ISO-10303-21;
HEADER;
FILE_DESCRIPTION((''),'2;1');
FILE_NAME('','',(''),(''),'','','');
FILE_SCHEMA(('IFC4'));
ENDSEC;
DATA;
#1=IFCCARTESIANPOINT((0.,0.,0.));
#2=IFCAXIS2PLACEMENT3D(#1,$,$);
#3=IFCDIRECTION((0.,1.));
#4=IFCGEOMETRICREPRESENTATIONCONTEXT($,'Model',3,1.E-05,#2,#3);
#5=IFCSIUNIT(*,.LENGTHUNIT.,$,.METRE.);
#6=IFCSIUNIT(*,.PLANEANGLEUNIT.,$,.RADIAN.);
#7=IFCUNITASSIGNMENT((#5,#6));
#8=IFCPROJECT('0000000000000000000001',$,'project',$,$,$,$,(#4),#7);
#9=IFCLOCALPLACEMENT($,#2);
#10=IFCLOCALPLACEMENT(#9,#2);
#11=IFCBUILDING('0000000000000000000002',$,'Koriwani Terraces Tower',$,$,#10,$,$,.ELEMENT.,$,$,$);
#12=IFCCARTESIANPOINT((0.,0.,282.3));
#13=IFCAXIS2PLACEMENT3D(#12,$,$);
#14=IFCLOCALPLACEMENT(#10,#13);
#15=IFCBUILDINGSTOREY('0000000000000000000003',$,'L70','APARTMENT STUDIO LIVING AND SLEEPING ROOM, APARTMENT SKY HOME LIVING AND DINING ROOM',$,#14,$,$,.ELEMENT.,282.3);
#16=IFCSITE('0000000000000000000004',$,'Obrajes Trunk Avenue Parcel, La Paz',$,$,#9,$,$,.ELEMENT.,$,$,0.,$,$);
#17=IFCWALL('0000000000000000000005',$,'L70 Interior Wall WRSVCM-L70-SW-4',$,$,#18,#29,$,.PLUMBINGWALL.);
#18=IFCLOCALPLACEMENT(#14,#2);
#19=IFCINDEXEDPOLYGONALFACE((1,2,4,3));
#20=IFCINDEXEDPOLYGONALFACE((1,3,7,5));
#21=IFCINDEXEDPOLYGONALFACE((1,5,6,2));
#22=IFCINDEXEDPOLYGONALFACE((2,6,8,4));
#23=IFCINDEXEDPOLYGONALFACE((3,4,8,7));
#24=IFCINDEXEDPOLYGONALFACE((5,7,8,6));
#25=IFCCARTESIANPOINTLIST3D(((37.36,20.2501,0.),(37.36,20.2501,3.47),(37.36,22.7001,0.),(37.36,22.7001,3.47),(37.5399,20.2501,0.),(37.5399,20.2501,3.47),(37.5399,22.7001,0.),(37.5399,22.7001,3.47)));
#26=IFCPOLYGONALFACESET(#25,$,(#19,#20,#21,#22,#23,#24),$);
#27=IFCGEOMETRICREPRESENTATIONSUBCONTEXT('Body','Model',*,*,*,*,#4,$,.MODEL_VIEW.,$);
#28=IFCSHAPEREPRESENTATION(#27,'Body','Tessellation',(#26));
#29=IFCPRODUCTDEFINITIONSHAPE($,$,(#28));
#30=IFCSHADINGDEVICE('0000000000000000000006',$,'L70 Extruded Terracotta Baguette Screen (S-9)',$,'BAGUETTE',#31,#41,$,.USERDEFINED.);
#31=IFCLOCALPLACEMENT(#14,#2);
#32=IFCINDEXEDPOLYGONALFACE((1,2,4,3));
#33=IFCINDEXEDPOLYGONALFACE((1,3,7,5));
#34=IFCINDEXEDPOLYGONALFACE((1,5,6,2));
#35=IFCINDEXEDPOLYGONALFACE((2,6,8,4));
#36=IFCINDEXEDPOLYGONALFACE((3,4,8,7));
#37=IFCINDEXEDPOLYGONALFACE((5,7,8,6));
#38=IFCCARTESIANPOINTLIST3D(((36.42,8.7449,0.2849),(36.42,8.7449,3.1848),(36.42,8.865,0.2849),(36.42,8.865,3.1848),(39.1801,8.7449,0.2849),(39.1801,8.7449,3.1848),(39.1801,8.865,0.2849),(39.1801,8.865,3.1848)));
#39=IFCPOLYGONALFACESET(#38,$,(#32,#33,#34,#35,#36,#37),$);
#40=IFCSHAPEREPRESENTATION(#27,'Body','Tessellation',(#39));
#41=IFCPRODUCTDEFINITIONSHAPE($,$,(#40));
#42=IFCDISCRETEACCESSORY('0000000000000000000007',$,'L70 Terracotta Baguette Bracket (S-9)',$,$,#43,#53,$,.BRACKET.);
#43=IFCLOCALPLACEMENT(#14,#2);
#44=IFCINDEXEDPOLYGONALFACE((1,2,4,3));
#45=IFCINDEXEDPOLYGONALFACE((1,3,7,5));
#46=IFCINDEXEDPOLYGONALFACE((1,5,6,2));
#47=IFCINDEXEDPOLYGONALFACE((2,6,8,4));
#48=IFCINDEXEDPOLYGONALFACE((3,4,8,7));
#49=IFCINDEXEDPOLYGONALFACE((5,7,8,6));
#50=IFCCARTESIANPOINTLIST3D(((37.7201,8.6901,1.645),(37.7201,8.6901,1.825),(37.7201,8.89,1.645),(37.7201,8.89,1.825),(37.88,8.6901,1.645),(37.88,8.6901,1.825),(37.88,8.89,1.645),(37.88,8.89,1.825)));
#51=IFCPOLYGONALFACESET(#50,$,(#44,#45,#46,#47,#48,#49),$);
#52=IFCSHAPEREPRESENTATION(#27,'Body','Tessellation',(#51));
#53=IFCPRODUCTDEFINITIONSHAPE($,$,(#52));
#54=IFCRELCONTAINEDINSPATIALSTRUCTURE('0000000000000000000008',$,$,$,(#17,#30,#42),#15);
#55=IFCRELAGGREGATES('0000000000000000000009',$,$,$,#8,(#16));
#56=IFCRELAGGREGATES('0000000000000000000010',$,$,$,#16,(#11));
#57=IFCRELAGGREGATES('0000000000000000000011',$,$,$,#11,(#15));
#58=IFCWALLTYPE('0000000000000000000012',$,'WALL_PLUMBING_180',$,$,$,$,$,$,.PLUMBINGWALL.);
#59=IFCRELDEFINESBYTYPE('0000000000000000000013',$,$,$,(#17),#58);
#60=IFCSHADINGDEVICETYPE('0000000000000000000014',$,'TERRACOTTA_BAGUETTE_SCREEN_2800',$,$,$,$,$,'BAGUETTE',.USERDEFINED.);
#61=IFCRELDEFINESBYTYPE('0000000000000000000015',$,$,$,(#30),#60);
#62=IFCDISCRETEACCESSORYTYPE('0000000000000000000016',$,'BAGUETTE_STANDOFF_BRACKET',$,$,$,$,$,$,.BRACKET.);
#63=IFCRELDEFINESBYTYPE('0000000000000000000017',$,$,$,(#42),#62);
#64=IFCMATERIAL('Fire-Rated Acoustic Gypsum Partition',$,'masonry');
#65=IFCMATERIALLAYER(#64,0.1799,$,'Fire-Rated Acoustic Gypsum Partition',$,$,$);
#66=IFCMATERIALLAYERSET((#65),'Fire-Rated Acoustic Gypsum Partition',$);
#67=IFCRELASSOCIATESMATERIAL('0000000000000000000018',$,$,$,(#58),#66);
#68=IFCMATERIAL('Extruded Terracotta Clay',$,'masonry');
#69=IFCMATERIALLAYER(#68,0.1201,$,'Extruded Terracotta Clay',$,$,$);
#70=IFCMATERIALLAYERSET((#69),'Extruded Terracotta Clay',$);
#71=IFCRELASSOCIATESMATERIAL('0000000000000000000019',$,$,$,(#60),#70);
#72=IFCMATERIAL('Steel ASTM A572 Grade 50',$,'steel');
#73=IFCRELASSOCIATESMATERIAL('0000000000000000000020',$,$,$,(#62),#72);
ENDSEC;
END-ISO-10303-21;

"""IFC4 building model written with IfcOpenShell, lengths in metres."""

from ifc_helpers import new_model, si_unit, direction, frame, frame_2d, origin, origin_2d, place, context, subcontext, project, spatial, rectangle, extrude, material, layer, layer_set, type_object, element, save


model = new_model("IFC4")

# Units and contexts
model_context = context("Model", 3, precision=1e-05, world=origin(), true_north=direction((0.0, 1.0)))
body_context = subcontext(model_context, "Body", "Model", "MODEL_VIEW")
ifc_project = project(units=[si_unit("LENGTHUNIT", "METRE"), si_unit("PLANEANGLEUNIT", "RADIAN")], contexts=[model_context])

# Site, building, storey
site_placement = place(None, origin())
site = spatial("IfcSite", under=ifc_project, at=site_placement, Name="Obrajes Trunk Avenue Parcel, La Paz", CompositionType="ELEMENT", RefElevation=0.0)
building_placement = place(site_placement, origin())
building = spatial("IfcBuilding", under=site, at=building_placement, Name="Koriwani Terraces Tower", CompositionType="ELEMENT")
storey_placement = place(building_placement, frame((0.0, 0.0, 282.3)))
storey = spatial("IfcBuildingStorey", under=building, at=storey_placement, Name="L70", Description="APARTMENT STUDIO LIVING AND SLEEPING ROOM, APARTMENT SKY HOME LIVING AND DINING ROOM", CompositionType="ELEMENT", Elevation=282.3)

# Shared definitions
ifc_material_1 = material(Name="Steel ASTM A572 Grade 50", Category="steel")

# Shared definitions
ifc_material_2 = material(Name="Fire-Rated Acoustic Gypsum Partition", Category="masonry")
ifc_layer_1 = layer(ifc_material_2, 0.1799, Name="Fire-Rated Acoustic Gypsum Partition")
ifc_layer_set_1 = layer_set([ifc_layer_1], Name="Fire-Rated Acoustic Gypsum Partition")
wall_type_1 = type_object("IfcWallType", Name="WALL_PLUMBING_180", PredefinedType="PLUMBINGWALL", material=ifc_layer_set_1)

# Wall
for number, where, z_axis, x_axis, name in (
    (1, (37.45, 20.25, 0.0), (0.0, 0.0, 1.0), (0.0, 1.0, 0.0), "L70 Interior Wall WRSVCM-L70-SW-4"),
):
    element("IfcWall", number, at=place(storey_placement, frame(where, z_axis=z_axis, x_axis=x_axis)), inside=storey, type_object=wall_type_1, Name=name, PredefinedType="PLUMBINGWALL", context=body_context, shape_type="SweptSolid", body=[
        extrude(rectangle(XDim=2.45, YDim=0.1799, at=frame_2d((1.2251, 0.0))), origin(), (0.0, 0.0, 1.0), 3.47),
    ])

# Shading device
ifc_material_3 = material(Name="Extruded Terracotta Clay", Category="masonry")
ifc_layer_2 = layer(ifc_material_3, 0.1201, Name="Extruded Terracotta Clay")
ifc_layer_set_2 = layer_set([ifc_layer_2], Name="Extruded Terracotta Clay")
shading_device_type = type_object("IfcShadingDeviceType", Name="TERRACOTTA_BAGUETTE_SCREEN_2800", ElementType="BAGUETTE", PredefinedType="USERDEFINED", material=ifc_layer_set_2)
shading_device_placement = place(storey_placement, frame((37.8, 8.8049, 0.2849), z_axis=(0.0, 0.0, 1.0), x_axis=(-1.0, 0.0, 0.0)))
element("IfcShadingDevice", 2, at=shading_device_placement, inside=storey, type_object=shading_device_type, Name="L70 Extruded Terracotta Baguette Screen (S-9)", ObjectType="BAGUETTE", PredefinedType="USERDEFINED", context=body_context, shape_type="SweptSolid", body=[
    extrude(rectangle(XDim=2.76, YDim=0.1201, at=origin_2d()), origin(), (0.0, 0.0, 1.0), 2.8999),
])

# Discrete accessory
discrete_accessory_type = type_object("IfcDiscreteAccessoryType", Name="BAGUETTE_STANDOFF_BRACKET", PredefinedType="BRACKET", material=ifc_material_1)
discrete_accessory_placement = place(storey_placement, frame((37.8, 8.79, 1.645), z_axis=(0.0, 0.0, 1.0), x_axis=(-1.0, 0.0, 0.0)))
element("IfcDiscreteAccessory", 3, at=discrete_accessory_placement, inside=storey, type_object=discrete_accessory_type, Name="L70 Terracotta Baguette Bracket (S-9)", PredefinedType="BRACKET", context=body_context, shape_type="SweptSolid", body=[
    extrude(rectangle(XDim=0.1599, YDim=0.2, at=origin_2d()), origin(), (0.0, 0.0, 1.0), 0.1799),
])

save(model, "model.ifc")
